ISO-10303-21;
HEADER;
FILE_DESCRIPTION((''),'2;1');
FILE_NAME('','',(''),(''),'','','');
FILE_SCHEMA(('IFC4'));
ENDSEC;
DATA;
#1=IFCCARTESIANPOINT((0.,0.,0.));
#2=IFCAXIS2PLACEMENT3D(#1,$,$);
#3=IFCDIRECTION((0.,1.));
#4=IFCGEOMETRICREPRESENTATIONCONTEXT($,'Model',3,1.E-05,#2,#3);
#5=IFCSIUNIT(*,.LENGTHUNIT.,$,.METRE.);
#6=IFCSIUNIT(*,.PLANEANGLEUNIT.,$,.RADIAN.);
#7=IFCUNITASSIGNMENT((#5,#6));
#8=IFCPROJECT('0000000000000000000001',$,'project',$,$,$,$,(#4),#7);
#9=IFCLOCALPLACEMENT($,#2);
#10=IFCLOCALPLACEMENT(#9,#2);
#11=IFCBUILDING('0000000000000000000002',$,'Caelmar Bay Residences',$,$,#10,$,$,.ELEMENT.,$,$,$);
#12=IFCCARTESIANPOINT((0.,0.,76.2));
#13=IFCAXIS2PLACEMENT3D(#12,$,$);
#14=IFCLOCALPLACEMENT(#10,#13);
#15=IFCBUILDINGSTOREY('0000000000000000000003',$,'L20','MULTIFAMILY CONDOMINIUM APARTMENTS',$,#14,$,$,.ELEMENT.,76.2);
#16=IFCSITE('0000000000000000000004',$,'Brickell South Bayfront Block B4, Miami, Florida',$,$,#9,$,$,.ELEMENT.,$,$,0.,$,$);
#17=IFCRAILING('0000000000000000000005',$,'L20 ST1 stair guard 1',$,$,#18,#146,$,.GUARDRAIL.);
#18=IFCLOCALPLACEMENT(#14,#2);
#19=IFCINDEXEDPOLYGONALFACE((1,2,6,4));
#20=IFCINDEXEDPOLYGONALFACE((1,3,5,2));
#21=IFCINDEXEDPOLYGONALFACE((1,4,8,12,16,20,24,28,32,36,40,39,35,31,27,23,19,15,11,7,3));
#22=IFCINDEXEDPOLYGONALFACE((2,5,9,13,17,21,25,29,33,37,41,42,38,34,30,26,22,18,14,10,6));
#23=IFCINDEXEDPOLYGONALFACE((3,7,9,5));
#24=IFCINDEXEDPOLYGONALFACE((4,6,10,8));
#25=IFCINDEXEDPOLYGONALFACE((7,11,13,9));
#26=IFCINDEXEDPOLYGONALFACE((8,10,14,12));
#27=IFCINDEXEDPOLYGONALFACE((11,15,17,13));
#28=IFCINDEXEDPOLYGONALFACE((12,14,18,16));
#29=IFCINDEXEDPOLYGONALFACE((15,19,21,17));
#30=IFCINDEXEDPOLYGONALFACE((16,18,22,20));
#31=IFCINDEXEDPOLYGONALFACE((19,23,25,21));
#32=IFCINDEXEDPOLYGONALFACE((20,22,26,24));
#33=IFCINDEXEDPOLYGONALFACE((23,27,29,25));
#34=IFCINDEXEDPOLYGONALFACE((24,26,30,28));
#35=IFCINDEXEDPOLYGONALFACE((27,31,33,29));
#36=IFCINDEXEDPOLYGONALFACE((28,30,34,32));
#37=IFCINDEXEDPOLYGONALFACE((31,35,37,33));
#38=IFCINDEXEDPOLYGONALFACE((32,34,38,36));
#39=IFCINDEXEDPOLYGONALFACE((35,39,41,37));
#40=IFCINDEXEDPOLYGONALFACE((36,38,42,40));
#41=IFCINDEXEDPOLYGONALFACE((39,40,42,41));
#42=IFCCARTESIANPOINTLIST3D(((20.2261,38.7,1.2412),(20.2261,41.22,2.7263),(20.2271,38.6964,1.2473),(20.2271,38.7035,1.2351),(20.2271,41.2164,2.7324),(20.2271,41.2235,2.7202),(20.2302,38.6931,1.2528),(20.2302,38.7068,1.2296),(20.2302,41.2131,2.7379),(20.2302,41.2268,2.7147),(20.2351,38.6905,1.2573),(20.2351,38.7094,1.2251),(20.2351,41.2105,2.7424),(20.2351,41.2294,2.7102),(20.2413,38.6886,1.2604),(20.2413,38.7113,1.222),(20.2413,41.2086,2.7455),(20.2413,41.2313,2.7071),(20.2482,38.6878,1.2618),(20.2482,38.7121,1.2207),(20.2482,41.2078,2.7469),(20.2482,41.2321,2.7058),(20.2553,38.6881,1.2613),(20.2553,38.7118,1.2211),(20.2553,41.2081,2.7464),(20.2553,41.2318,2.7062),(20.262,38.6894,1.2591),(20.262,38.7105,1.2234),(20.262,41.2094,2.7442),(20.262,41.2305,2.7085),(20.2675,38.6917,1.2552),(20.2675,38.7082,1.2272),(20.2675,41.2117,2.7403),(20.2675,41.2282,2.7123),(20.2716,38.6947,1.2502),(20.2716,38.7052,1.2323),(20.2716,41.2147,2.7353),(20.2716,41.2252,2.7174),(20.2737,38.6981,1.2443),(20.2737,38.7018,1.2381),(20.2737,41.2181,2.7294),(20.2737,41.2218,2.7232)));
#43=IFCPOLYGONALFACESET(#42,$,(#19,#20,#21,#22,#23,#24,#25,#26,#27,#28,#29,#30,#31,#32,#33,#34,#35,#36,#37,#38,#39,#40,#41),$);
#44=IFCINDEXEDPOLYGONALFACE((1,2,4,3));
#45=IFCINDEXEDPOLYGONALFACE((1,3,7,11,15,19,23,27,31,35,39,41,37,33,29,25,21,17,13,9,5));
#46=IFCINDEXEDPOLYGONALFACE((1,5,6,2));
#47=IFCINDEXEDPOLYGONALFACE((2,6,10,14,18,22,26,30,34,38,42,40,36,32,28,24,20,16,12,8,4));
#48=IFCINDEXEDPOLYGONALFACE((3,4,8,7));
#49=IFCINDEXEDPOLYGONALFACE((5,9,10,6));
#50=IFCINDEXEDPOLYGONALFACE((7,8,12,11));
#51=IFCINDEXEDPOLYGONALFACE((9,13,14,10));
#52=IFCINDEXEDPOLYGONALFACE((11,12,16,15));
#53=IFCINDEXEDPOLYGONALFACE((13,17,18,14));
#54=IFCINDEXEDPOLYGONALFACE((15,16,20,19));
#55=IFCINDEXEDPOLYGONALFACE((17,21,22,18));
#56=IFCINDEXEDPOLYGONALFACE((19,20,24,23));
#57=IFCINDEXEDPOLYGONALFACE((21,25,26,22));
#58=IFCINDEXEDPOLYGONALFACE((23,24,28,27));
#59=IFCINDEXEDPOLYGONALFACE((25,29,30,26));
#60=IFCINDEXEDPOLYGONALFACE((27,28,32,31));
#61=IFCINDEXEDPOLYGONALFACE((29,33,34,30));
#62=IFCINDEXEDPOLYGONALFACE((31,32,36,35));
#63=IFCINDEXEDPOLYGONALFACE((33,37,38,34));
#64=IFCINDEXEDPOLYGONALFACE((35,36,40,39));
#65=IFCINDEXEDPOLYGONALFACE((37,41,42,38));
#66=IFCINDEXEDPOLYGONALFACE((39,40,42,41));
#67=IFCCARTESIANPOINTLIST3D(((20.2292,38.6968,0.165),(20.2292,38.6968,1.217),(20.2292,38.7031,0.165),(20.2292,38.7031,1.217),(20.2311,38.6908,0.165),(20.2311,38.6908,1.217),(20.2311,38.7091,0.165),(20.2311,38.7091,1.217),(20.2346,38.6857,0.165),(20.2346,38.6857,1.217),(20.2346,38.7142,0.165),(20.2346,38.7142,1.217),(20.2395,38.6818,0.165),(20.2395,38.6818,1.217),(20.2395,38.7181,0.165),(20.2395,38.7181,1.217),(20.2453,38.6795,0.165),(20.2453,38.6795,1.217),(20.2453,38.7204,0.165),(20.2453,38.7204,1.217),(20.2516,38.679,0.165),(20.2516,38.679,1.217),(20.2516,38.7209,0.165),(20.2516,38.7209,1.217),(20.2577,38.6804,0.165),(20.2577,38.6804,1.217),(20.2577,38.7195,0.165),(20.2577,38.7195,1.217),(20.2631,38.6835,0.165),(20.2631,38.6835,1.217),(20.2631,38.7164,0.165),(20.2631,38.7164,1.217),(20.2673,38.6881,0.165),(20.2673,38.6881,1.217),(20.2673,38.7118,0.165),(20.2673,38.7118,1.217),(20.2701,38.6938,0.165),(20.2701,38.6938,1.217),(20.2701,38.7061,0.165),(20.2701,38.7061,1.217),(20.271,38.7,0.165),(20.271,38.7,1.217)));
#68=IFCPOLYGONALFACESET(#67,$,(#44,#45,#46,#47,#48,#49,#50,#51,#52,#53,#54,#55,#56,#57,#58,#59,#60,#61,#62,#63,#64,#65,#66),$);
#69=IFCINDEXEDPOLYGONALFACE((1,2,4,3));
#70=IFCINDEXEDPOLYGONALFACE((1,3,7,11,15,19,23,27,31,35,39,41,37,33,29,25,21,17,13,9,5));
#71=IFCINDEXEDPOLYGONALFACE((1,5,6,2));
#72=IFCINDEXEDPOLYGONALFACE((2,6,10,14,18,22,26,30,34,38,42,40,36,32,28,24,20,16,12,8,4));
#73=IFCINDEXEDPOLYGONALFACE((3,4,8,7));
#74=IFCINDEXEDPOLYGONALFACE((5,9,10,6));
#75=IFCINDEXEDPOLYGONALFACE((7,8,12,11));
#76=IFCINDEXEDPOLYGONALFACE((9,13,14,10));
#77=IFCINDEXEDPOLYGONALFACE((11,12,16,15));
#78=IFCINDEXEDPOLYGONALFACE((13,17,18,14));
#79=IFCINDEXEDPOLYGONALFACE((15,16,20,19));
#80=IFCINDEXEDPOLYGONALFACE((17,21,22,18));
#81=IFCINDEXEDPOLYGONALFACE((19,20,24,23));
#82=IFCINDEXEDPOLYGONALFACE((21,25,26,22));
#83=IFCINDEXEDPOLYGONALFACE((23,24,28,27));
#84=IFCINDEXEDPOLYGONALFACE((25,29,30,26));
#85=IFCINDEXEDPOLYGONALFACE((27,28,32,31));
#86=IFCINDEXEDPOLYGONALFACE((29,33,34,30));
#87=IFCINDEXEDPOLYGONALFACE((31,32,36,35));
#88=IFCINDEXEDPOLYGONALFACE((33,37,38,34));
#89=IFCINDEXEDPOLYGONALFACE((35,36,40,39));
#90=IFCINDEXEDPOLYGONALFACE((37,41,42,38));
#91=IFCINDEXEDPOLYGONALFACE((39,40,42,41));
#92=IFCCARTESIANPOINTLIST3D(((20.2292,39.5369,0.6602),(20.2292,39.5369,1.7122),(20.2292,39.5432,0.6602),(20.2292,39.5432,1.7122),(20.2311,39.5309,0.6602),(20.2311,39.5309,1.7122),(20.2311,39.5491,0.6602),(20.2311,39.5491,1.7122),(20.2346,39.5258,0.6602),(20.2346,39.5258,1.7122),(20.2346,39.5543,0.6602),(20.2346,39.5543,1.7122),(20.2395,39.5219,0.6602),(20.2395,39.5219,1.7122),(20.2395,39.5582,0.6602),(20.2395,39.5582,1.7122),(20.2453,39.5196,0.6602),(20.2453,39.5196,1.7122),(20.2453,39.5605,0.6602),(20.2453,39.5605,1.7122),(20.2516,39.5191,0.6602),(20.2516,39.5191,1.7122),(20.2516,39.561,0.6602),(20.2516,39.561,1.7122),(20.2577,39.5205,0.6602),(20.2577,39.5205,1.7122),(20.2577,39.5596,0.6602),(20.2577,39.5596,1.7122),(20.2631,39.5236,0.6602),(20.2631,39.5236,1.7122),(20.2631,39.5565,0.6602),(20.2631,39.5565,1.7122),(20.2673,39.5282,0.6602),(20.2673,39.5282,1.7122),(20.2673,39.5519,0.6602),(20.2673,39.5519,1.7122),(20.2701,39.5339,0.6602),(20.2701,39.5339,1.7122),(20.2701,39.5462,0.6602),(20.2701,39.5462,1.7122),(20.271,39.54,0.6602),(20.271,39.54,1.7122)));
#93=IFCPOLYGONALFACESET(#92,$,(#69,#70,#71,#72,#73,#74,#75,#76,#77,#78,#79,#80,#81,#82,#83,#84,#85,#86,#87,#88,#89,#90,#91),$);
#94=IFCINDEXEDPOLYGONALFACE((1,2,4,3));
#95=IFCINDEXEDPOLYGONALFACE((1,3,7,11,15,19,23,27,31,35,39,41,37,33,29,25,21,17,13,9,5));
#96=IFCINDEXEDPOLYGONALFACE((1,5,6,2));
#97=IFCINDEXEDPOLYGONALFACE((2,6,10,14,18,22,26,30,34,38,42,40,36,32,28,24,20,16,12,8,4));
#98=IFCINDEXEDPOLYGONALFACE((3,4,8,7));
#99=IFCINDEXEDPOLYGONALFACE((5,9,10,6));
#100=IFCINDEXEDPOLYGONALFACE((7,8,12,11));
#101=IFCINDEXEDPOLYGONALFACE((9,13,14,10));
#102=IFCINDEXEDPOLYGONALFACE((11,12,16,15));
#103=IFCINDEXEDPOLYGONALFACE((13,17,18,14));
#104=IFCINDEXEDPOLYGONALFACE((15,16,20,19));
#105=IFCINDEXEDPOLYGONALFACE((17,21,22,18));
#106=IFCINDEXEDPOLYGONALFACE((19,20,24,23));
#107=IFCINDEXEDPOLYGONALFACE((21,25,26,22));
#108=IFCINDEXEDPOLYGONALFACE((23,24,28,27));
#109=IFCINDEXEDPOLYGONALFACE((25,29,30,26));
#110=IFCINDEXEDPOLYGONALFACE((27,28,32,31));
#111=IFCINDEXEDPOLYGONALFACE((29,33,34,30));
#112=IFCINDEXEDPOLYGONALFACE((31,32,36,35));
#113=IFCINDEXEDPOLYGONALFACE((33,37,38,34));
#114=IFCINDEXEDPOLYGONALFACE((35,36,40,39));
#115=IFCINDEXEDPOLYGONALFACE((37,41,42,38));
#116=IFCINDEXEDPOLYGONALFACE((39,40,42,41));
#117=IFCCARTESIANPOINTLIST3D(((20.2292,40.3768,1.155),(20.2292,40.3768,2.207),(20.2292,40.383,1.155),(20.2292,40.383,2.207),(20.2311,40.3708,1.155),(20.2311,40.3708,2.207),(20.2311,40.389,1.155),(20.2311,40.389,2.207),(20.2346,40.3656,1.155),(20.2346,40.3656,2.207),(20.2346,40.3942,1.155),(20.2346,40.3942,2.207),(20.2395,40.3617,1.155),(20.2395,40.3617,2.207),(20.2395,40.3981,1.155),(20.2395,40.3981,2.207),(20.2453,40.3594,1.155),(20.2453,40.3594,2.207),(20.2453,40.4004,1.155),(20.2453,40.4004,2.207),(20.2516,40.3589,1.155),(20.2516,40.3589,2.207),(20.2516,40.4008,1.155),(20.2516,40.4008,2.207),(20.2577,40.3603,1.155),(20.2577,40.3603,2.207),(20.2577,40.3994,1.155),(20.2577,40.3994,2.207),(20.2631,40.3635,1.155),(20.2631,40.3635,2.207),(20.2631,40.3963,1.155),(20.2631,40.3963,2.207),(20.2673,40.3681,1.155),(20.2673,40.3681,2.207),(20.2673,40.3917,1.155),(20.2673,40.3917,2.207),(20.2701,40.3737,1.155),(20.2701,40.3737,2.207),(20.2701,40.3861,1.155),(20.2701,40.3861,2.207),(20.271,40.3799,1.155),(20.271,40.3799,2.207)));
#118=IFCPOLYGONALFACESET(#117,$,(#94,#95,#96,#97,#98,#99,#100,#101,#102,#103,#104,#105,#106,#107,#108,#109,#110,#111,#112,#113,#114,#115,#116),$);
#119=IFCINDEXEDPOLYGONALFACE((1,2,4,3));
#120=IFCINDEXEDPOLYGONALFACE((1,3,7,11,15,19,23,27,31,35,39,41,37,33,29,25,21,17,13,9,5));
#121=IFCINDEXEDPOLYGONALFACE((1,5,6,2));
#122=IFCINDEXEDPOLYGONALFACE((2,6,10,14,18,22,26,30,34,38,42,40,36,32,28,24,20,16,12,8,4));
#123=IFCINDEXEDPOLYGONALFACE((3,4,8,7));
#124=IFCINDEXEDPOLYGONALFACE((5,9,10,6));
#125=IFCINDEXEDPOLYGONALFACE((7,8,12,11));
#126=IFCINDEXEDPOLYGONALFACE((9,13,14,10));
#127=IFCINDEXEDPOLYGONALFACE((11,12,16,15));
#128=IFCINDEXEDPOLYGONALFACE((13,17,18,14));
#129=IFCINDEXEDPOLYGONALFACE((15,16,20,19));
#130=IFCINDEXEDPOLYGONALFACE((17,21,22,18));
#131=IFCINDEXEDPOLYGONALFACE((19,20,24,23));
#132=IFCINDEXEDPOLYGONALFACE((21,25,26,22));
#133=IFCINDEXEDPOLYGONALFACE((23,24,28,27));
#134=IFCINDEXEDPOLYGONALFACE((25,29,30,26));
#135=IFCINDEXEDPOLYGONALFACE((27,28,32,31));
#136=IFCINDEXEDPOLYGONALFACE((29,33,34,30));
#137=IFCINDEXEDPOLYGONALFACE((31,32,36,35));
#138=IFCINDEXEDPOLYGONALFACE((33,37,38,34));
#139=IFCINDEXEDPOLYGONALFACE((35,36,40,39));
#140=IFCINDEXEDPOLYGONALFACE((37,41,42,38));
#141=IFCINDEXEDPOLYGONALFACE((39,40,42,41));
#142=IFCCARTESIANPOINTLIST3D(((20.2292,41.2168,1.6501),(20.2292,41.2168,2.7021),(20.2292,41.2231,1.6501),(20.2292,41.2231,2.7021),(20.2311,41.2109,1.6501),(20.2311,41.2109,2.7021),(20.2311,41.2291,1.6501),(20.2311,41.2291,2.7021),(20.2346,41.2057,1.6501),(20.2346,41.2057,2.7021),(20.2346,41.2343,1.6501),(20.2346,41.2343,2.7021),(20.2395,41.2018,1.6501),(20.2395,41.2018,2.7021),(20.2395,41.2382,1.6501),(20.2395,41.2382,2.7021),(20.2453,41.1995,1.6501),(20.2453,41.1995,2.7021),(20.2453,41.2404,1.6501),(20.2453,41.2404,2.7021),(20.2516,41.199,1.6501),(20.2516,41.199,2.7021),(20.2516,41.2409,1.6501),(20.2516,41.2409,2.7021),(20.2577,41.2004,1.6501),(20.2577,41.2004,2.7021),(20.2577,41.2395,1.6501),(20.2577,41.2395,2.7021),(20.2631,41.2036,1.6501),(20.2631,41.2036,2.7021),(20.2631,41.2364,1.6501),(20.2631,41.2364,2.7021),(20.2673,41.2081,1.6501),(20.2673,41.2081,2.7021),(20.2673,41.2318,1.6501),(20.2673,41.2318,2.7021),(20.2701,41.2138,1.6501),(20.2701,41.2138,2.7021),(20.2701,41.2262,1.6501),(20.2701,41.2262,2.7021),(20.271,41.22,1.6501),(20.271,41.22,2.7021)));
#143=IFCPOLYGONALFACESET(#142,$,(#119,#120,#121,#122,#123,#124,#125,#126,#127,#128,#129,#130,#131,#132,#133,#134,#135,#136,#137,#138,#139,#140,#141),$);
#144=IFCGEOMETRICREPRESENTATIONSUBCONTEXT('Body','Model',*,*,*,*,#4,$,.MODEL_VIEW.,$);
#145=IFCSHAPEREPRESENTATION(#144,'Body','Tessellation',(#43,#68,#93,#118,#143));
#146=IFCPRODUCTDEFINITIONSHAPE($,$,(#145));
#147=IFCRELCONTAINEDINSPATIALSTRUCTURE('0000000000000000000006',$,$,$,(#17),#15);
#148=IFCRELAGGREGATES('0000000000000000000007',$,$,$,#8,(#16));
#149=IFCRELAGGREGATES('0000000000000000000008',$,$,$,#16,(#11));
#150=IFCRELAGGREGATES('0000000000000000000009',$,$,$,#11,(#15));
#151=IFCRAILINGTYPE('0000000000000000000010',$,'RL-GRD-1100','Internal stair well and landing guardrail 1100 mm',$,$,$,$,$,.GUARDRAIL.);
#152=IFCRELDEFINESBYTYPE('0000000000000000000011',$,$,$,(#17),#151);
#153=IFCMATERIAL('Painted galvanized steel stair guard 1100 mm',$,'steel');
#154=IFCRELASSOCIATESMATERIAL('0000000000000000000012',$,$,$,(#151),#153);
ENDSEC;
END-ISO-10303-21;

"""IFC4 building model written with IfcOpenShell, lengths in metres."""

from ifc_helpers import new_model, si_unit, direction, frame, origin, origin_2d, place, context, subcontext, project, spatial, circle, extrude, material, type_object, element, save


model = new_model("IFC4")

# Units and contexts
model_context = context("Model", 3, precision=1e-05, world=origin(), true_north=direction((0.0, 1.0)))
body_context = subcontext(model_context, "Body", "Model", "MODEL_VIEW")
ifc_project = project(units=[si_unit("LENGTHUNIT", "METRE"), si_unit("PLANEANGLEUNIT", "RADIAN")], contexts=[model_context])

# Site, building, storey
site_placement = place(None, origin())
site = spatial("IfcSite", under=ifc_project, at=site_placement, Name="Brickell South Bayfront Block B4, Miami, Florida", CompositionType="ELEMENT", RefElevation=0.0)
building_placement = place(site_placement, origin())
building = spatial("IfcBuilding", under=site, at=building_placement, Name="Caelmar Bay Residences", CompositionType="ELEMENT")
storey_placement = place(building_placement, frame((0.0, 0.0, 76.2)))
storey = spatial("IfcBuildingStorey", under=building, at=storey_placement, Name="L20", Description="MULTIFAMILY CONDOMINIUM APARTMENTS", CompositionType="ELEMENT", Elevation=76.2)

# Railing
ifc_material_1 = material(Name="Painted galvanized steel stair guard 1100 mm", Category="steel")
railing_type_1 = type_object("IfcRailingType", Name="RL-GRD-1100", Description="Internal stair well and landing guardrail 1100 mm", PredefinedType="GUARDRAIL", material=ifc_material_1)
railing_1_placement = place(storey_placement, frame((20.25, 38.7, 0.165)))
element("IfcRailing", 1, at=railing_1_placement, inside=storey, type_object=railing_type_1, Name="L20 ST1 stair guard 1", PredefinedType="GUARDRAIL", context=body_context, shape_type="SweptSolid", body=[
    extrude(circle(Radius=0.0239, at=origin_2d()), frame((0.0, 0.0, 1.0762), z_axis=(0.0, 0.861524, 0.507717), x_axis=(-1.0, 0.0, 0.0)), (0.0, 0.0, 1.0), 2.925),
    extrude(circle(Radius=0.021, at=origin_2d()), origin(), (0.0, 0.0, 1.0), 1.052),
    extrude(circle(Radius=0.021, at=origin_2d()), frame((0.0, 0.8401, 0.4951)), (0.0, 0.0, 1.0), 1.052),
    extrude(circle(Radius=0.021, at=origin_2d()), frame((0.0, 1.6799, 0.99)), (0.0, 0.0, 1.0), 1.052),
    extrude(circle(Radius=0.021, at=origin_2d()), frame((0.0, 2.52, 1.4851)), (0.0, 0.0, 1.0), 1.052),
])

save(model, "model.ifc")
